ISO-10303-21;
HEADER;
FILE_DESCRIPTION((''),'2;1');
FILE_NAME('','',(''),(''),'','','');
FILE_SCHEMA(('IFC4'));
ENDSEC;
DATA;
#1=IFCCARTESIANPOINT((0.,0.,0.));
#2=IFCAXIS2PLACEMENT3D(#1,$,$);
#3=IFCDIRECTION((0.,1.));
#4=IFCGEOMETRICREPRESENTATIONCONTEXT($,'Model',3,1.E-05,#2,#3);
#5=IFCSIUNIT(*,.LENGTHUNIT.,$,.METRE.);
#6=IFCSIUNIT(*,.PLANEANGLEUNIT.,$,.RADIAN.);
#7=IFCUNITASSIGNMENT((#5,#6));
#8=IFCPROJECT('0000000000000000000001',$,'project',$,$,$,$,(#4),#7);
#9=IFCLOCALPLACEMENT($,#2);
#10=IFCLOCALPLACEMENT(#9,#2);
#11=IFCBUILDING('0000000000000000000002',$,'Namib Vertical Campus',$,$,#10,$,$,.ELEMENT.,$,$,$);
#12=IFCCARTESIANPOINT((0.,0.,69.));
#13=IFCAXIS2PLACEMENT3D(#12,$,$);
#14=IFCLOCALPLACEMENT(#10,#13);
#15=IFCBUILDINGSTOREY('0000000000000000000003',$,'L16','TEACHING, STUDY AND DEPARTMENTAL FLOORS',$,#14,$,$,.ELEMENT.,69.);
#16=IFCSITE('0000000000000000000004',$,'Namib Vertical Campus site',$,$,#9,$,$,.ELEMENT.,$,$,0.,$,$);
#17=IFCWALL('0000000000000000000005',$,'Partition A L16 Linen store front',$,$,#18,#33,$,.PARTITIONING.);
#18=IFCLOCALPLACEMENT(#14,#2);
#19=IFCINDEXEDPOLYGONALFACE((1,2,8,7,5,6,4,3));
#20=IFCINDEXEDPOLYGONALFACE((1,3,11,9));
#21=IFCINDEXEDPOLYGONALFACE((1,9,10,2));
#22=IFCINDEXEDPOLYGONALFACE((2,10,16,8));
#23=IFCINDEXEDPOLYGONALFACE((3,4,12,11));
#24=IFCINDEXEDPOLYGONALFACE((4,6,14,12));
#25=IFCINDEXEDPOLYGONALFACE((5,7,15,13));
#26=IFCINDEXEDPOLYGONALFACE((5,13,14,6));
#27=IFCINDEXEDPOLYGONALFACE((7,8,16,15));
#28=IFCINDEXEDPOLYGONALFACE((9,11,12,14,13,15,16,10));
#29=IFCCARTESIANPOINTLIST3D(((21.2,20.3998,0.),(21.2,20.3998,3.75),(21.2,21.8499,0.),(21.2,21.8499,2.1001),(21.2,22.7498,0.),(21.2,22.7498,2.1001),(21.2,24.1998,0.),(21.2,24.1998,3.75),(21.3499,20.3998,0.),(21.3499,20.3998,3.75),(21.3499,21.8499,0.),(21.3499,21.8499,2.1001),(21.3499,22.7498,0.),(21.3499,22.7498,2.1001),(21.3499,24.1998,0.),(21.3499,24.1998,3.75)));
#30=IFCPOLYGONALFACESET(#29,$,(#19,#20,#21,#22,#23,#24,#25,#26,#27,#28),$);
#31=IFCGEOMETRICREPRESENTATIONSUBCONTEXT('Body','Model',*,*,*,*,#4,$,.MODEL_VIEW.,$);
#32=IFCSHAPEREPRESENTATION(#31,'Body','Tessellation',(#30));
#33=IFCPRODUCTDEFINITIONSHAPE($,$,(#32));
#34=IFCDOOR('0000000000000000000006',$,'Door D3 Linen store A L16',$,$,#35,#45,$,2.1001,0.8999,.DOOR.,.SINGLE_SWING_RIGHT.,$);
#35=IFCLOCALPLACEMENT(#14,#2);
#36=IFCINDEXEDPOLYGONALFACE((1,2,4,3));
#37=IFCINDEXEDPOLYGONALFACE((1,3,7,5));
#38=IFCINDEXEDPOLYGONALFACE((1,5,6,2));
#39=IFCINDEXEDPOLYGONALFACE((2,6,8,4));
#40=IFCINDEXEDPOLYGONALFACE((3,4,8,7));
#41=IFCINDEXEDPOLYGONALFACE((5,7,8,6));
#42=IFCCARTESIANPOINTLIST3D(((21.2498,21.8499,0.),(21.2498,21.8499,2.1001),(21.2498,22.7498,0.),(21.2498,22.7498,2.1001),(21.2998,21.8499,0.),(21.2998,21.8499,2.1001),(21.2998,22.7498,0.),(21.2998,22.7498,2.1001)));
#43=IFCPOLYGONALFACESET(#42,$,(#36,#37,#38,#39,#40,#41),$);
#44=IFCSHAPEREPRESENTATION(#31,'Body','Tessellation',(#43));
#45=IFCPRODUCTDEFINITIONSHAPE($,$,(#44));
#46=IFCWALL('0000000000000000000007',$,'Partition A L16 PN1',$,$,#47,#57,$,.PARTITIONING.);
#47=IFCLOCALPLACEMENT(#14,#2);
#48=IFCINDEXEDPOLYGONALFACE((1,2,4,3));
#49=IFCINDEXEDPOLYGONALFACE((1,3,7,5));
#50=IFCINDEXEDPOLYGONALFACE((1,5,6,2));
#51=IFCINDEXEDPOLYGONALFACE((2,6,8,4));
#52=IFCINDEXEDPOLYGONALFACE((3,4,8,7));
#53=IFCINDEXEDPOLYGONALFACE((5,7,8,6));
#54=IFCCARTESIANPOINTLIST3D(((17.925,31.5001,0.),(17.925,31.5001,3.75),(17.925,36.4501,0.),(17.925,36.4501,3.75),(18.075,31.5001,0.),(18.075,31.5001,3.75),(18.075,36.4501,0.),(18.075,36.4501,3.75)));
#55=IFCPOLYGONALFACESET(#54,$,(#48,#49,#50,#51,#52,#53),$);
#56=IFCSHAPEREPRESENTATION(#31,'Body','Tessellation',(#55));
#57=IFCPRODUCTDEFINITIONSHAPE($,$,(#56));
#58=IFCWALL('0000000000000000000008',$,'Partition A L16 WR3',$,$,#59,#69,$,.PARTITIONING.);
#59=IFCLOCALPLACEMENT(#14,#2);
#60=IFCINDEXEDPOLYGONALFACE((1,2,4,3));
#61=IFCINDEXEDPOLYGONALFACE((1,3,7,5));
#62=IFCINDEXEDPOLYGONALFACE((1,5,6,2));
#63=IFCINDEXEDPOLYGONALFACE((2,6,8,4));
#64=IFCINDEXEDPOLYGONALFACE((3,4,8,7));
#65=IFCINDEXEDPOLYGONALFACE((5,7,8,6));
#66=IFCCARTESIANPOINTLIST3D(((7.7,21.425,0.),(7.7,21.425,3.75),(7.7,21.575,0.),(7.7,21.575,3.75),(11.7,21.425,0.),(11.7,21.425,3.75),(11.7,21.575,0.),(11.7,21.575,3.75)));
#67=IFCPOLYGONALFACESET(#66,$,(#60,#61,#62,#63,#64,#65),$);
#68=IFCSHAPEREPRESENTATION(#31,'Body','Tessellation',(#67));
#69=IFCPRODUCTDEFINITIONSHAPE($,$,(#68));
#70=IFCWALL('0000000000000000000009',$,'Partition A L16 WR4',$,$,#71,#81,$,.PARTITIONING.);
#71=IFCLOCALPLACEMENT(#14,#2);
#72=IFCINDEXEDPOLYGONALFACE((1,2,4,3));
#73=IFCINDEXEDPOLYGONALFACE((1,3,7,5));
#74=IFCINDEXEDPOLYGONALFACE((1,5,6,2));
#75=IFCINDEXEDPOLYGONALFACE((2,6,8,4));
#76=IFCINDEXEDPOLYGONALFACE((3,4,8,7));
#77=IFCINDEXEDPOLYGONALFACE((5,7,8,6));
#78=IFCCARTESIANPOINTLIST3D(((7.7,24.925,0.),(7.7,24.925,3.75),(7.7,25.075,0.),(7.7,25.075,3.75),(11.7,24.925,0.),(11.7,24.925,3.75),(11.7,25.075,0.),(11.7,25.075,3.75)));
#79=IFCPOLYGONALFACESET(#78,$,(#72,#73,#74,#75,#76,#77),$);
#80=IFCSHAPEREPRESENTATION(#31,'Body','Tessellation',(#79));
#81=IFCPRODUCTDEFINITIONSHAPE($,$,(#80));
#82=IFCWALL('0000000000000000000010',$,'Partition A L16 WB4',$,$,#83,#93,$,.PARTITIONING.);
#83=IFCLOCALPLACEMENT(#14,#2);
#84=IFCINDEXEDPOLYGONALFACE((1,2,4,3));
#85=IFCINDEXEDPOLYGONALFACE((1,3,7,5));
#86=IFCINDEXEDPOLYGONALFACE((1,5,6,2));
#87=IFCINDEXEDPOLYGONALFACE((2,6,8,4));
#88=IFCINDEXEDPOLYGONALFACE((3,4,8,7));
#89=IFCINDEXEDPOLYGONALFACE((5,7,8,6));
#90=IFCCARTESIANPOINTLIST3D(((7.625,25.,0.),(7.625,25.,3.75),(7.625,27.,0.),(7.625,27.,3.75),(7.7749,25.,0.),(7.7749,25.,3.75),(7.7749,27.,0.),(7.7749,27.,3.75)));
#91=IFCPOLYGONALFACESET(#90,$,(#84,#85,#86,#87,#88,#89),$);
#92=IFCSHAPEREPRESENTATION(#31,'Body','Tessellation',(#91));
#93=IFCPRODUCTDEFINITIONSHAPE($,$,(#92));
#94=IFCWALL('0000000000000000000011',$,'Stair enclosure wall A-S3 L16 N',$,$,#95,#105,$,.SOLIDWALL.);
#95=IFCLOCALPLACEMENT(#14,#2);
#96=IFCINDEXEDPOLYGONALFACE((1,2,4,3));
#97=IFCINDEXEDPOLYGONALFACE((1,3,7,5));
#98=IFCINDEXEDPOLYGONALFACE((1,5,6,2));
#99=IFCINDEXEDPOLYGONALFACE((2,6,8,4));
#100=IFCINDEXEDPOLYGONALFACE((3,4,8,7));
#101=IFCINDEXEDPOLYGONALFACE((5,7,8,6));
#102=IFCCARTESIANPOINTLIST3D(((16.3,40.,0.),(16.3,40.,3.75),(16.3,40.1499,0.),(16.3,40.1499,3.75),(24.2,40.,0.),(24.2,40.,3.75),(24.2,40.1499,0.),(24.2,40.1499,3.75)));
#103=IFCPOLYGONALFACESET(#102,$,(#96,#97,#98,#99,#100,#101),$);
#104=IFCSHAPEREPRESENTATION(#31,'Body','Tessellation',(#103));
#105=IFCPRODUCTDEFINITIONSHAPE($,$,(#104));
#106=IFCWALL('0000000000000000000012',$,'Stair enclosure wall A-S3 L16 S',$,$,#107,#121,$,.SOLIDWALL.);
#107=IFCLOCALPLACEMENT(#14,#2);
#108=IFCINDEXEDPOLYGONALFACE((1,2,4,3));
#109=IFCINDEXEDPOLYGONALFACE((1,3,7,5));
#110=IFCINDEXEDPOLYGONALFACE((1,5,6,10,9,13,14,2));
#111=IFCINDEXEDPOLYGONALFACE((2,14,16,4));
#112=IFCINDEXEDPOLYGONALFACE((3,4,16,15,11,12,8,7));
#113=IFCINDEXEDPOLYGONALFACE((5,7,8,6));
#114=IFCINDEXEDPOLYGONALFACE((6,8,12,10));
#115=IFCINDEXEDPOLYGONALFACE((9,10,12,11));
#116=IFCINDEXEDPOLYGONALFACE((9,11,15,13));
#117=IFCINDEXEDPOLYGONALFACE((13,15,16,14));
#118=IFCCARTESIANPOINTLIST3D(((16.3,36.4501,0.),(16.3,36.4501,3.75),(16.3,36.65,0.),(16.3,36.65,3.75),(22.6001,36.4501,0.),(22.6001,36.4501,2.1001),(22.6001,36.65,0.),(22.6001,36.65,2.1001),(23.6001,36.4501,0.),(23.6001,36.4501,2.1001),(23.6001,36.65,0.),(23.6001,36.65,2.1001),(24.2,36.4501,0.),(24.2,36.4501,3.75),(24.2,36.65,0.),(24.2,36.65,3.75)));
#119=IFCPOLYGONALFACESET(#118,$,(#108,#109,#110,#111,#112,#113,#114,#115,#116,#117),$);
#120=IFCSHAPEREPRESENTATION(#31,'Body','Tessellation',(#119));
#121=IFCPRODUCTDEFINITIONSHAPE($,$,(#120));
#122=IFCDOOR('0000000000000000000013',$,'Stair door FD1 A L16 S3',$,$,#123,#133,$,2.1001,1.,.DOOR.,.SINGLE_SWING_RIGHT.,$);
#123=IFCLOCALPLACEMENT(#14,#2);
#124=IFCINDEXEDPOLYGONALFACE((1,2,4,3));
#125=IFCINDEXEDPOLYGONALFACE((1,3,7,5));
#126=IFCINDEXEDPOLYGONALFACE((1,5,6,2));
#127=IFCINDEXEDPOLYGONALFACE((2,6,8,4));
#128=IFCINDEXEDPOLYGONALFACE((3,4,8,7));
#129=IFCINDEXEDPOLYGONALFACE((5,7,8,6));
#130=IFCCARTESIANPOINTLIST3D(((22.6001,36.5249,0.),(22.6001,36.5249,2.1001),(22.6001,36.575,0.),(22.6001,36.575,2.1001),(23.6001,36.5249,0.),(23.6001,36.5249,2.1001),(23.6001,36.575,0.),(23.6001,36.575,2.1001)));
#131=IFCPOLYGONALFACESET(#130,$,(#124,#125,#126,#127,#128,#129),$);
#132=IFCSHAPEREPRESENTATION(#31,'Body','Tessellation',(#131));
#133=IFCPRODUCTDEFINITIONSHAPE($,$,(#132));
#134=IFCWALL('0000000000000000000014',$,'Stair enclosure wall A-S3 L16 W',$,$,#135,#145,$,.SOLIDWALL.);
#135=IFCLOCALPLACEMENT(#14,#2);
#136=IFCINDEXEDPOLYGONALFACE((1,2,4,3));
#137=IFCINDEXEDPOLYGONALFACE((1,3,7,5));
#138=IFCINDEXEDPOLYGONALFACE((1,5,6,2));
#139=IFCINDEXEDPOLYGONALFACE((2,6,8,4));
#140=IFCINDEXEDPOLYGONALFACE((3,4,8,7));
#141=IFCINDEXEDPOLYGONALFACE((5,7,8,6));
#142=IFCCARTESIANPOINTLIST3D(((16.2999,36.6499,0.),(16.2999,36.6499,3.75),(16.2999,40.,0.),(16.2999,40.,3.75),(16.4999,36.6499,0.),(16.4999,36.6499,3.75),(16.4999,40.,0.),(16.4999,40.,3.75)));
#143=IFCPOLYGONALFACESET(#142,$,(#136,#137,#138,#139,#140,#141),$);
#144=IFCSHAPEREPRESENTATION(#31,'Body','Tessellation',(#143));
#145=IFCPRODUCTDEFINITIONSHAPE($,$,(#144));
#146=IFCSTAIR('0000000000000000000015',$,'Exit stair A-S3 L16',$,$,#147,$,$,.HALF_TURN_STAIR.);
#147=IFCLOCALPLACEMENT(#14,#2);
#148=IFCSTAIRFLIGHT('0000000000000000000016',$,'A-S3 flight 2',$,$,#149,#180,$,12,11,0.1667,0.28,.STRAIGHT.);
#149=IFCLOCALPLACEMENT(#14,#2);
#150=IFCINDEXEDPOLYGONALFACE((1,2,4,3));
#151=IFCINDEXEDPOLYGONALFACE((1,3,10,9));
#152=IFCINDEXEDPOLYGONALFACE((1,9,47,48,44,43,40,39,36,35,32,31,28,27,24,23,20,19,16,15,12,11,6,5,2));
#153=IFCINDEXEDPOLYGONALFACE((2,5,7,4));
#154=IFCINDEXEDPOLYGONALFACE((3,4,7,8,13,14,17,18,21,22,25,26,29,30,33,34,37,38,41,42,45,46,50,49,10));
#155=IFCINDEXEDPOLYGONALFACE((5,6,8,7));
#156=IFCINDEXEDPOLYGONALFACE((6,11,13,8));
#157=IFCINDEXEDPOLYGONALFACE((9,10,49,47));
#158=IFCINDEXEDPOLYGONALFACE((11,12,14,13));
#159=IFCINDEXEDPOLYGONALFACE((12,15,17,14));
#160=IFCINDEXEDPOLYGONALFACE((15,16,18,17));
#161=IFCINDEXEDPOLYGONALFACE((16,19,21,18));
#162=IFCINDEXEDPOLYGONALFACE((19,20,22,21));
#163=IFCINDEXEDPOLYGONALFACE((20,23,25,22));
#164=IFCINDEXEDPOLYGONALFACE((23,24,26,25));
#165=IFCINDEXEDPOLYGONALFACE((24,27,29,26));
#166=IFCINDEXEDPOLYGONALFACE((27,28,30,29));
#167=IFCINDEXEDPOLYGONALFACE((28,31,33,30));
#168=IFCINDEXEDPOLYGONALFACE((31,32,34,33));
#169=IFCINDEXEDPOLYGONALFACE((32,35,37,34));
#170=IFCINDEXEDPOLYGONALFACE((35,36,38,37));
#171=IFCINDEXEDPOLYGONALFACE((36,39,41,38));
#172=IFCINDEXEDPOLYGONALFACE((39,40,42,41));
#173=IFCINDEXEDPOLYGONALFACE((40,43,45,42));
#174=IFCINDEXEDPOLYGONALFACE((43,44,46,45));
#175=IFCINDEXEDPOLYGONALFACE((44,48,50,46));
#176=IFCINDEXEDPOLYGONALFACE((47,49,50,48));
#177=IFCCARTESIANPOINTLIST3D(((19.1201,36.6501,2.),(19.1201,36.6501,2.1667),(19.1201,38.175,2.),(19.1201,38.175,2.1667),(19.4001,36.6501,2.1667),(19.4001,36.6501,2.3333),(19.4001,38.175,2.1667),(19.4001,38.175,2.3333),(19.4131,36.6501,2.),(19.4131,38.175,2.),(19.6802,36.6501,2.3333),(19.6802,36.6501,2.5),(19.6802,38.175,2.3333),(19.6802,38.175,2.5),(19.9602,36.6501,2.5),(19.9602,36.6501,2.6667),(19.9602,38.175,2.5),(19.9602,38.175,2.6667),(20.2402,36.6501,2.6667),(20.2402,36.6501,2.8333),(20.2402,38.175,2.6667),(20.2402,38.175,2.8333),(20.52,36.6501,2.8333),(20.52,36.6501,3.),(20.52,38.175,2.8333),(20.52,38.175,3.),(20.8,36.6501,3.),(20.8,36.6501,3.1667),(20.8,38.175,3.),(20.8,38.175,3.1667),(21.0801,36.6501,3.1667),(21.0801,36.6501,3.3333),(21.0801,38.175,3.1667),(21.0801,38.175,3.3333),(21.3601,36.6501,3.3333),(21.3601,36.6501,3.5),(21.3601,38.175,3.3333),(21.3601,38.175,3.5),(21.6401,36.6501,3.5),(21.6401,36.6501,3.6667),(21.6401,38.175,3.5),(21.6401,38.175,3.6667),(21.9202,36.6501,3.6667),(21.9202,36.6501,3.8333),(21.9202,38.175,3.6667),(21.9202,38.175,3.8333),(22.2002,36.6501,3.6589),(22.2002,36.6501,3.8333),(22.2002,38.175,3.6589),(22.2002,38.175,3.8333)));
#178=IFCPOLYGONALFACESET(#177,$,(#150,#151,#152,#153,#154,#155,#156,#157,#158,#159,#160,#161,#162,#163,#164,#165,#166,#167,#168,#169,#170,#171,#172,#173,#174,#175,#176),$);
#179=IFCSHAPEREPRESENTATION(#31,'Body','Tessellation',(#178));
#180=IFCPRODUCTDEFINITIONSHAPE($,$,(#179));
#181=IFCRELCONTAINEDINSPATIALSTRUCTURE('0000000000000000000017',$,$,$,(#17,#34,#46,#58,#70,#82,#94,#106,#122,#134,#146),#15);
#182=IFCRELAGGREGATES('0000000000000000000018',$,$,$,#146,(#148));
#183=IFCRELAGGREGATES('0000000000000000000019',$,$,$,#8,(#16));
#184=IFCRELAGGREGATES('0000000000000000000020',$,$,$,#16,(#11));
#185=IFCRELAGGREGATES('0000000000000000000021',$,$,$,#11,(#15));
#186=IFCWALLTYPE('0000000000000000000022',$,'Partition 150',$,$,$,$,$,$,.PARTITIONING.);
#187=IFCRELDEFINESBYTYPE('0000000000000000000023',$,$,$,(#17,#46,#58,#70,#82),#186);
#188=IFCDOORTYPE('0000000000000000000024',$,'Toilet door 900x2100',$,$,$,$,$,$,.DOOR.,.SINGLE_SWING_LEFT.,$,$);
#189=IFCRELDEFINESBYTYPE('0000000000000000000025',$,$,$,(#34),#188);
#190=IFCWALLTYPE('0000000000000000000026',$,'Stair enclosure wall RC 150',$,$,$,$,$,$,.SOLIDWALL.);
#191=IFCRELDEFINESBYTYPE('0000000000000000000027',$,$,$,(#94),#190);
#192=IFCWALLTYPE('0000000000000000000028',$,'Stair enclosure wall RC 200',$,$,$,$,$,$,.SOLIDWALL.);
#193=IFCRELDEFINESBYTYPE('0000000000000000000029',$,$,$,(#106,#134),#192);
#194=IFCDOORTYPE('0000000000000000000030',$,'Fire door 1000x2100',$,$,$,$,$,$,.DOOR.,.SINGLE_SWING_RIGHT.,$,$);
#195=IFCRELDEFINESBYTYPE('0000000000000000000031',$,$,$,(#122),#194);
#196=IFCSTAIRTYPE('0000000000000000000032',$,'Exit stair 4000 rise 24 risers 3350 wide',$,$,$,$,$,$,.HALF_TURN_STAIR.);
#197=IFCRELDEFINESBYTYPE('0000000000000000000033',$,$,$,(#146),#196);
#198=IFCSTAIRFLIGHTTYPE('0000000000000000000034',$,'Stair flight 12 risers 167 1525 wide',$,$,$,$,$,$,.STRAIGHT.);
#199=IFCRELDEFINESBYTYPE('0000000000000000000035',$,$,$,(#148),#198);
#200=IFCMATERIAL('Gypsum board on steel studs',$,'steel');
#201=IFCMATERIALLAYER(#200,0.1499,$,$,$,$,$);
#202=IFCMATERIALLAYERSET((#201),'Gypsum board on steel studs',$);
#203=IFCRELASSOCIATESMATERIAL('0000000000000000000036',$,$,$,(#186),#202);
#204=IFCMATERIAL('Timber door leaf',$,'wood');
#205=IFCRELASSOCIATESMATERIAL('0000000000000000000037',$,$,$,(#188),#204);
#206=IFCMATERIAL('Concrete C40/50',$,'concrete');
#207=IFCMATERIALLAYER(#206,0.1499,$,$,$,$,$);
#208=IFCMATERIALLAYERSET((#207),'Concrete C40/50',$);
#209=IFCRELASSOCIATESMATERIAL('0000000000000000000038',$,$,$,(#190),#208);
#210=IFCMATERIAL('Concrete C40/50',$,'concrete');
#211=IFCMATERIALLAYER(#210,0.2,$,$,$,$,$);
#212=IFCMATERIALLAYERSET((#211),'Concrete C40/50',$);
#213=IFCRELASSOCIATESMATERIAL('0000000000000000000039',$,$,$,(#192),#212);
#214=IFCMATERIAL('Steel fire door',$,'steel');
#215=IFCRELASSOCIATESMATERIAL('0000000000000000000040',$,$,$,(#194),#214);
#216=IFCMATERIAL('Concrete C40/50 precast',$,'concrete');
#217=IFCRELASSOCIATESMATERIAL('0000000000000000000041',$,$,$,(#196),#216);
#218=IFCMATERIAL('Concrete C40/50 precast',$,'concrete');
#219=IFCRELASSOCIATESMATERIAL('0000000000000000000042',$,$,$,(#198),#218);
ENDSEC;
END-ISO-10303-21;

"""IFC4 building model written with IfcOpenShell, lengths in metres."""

from ifc_helpers import new_model, si_unit, direction, frame, frame_2d, origin, place, context, subcontext, project, spatial, polyline, rectangle, outline, extrude, material, layer, layer_set, type_object, element, fill, aggregate, save


model = new_model("IFC4")

# Units and contexts
model_context = context("Model", 3, precision=1e-05, world=origin(), true_north=direction((0.0, 1.0)))
body_context = subcontext(model_context, "Body", "Model", "MODEL_VIEW")
ifc_project = project(units=[si_unit("LENGTHUNIT", "METRE"), si_unit("PLANEANGLEUNIT", "RADIAN")], contexts=[model_context])

# Site, building, storey
site_placement = place(None, origin())
site = spatial("IfcSite", under=ifc_project, at=site_placement, Name="Namib Vertical Campus site", CompositionType="ELEMENT", RefElevation=0.0)
building_placement = place(site_placement, origin())
building = spatial("IfcBuilding", under=site, at=building_placement, Name="Namib Vertical Campus", CompositionType="ELEMENT")
storey_placement = place(building_placement, frame((0.0, 0.0, 69.0)))
storey = spatial("IfcBuildingStorey", under=building, at=storey_placement, Name="L16", Description="TEACHING, STUDY AND DEPARTMENTAL FLOORS", CompositionType="ELEMENT", Elevation=69.0)

# Wall, opening, door
ifc_material_1 = material(Name="Gypsum board on steel studs", Category="steel")
ifc_layer_1 = layer(ifc_material_1, 0.1499)
ifc_layer_set_1 = layer_set([ifc_layer_1], Name="Gypsum board on steel studs")
wall_type_1 = type_object("IfcWallType", Name="Partition 150", PredefinedType="PARTITIONING", material=ifc_layer_set_1)
wall_1_placement = place(storey_placement, frame((21.2749, 20.3999, 0.0), z_axis=(0.0, 0.0, 1.0), x_axis=(0.0, 1.0, 0.0)))
wall_1 = element("IfcWall", 1, at=wall_1_placement, inside=storey, type_object=wall_type_1, Name="Partition A L16 Linen store front", PredefinedType="PARTITIONING", context=body_context, shape_type="SweptSolid", body=[
    extrude(rectangle(XDim=3.8, YDim=0.1499, at=frame_2d((1.8999, 0.0))), origin(), (0.0, 0.0, 1.0), 3.75),
])
opening_1_placement = place(wall_1_placement, frame((1.45, 0.0, 0.0)))
opening_1 = element("IfcOpeningElement", 2, at=opening_1_placement, cuts=wall_1, PredefinedType="OPENING", context=body_context, shape_type="SweptSolid", body=[
    extrude(rectangle(XDim=0.8999, YDim=2.1001, at=frame_2d((0.45, 1.05))), frame((0.0, 0.085, 0.0), z_axis=(0.0, -1.0, 0.0), x_axis=(1.0, 0.0, 0.0)), (0.0, 0.0, 1.0), 0.1699),
])
ifc_material_2 = material(Name="Timber door leaf", Category="wood")
door_type_1 = type_object("IfcDoorType", Name="Toilet door 900x2100", OperationType="SINGLE_SWING_LEFT", PredefinedType="DOOR", material=ifc_material_2)
door_1_placement = place(opening_1_placement, frame((0.8999, 0.0, 0.0), z_axis=(0.0, 0.0, 1.0), x_axis=(-1.0, 0.0, 0.0)))
door_1 = element("IfcDoor", 3, at=door_1_placement, inside=storey, type_object=door_type_1, Name="Door D3 Linen store A L16", OperationType="SINGLE_SWING_RIGHT", OverallHeight=2.1001, OverallWidth=0.8999, PredefinedType="DOOR", context=body_context, shape_type="SweptSolid", body=[
    extrude(rectangle(XDim=0.8999, YDim=2.1001, at=frame_2d((0.45, 1.05))), frame((0.0, 0.0249, 0.0), z_axis=(0.0, -1.0, 0.0), x_axis=(1.0, 0.0, 0.0)), (0.0, 0.0, 1.0), 0.05),
])
fill(opening_1, door_1)

# Walls
wall_2_placement = place(storey_placement, frame((18.0, 31.5, 0.0), z_axis=(0.0, 0.0, 1.0), x_axis=(0.0, 1.0, 0.0)))
element("IfcWall", 4, at=wall_2_placement, inside=storey, type_object=wall_type_1, Name="Partition A L16 PN1", PredefinedType="PARTITIONING", context=body_context, shape_type="SweptSolid", body=[
    extrude(rectangle(XDim=4.95, YDim=0.1499, at=frame_2d((2.4751, 0.0))), origin(), (0.0, 0.0, 1.0), 3.75),
])
for number, where, z_axis, x_axis, name in (
    (5, (11.7, 21.5, 0.0), (0.0, 0.0, 1.0), (-1.0, 0.0, 0.0), "Partition A L16 WR3"),
    (6, (11.7, 25.0, 0.0), (0.0, 0.0, 1.0), (-1.0, 0.0, 0.0), "Partition A L16 WR4"),
):
    element("IfcWall", number, at=place(storey_placement, frame(where, z_axis=z_axis, x_axis=x_axis)), inside=storey, type_object=wall_type_1, Name=name, PredefinedType="PARTITIONING", context=body_context, shape_type="SweptSolid", body=[
        extrude(rectangle(XDim=4.0, YDim=0.1499, at=frame_2d((2.0, 0.0))), origin(), (0.0, 0.0, 1.0), 3.75),
    ])
wall_3_placement = place(storey_placement, frame((7.7, 25.0, 0.0), z_axis=(0.0, 0.0, 1.0), x_axis=(0.0, 1.0, 0.0)))
element("IfcWall", 7, at=wall_3_placement, inside=storey, type_object=wall_type_1, Name="Partition A L16 WB4", PredefinedType="PARTITIONING", context=body_context, shape_type="SweptSolid", body=[
    extrude(rectangle(XDim=2.0, YDim=0.1499, at=frame_2d((1.0, 0.0))), origin(), (0.0, 0.0, 1.0), 3.75),
])
ifc_material_3 = material(Name="Concrete C40/50", Category="concrete")
ifc_layer_2 = layer(ifc_material_3, 0.1499)
ifc_layer_set_2 = layer_set([ifc_layer_2], Name="Concrete C40/50")
wall_type_2 = type_object("IfcWallType", Name="Stair enclosure wall RC 150", PredefinedType="SOLIDWALL", material=ifc_layer_set_2)
wall_4_placement = place(storey_placement, frame((16.3, 40.075, 0.0), z_axis=(0.0, 0.0, 1.0), x_axis=(1.0, 0.0, 0.0)))
element("IfcWall", 8, at=wall_4_placement, inside=storey, type_object=wall_type_2, Name="Stair enclosure wall A-S3 L16 N", PredefinedType="SOLIDWALL", context=body_context, shape_type="SweptSolid", body=[
    extrude(rectangle(XDim=7.8999, YDim=0.1499, at=frame_2d((3.95, 0.0))), origin(), (0.0, 0.0, 1.0), 3.75),
])

# Wall, opening, door
ifc_material_4 = material(Name="Concrete C40/50", Category="concrete")
ifc_layer_3 = layer(ifc_material_4, 0.2)
ifc_layer_set_3 = layer_set([ifc_layer_3], Name="Concrete C40/50")
wall_type_3 = type_object("IfcWallType", Name="Stair enclosure wall RC 200", PredefinedType="SOLIDWALL", material=ifc_layer_set_3)
wall_5_placement = place(storey_placement, frame((16.3, 36.55, 0.0), z_axis=(0.0, 0.0, 1.0), x_axis=(1.0, 0.0, 0.0)))
wall_5 = element("IfcWall", 9, at=wall_5_placement, inside=storey, type_object=wall_type_3, Name="Stair enclosure wall A-S3 L16 S", PredefinedType="SOLIDWALL", context=body_context, shape_type="SweptSolid", body=[
    extrude(rectangle(XDim=7.8999, YDim=0.2, at=frame_2d((3.95, 0.0))), origin(), (0.0, 0.0, 1.0), 3.75),
])
opening_2_placement = place(wall_5_placement, frame((6.3, 0.0, 0.0)))
opening_2 = element("IfcOpeningElement", 10, at=opening_2_placement, cuts=wall_5, PredefinedType="OPENING", context=body_context, shape_type="SweptSolid", body=[
    extrude(rectangle(XDim=1.0, YDim=2.1001, at=frame_2d((0.5, 1.05))), frame((0.0, 0.1099, 0.0), z_axis=(0.0, -1.0, 0.0), x_axis=(1.0, 0.0, 0.0)), (0.0, 0.0, 1.0), 0.22),
])
ifc_material_5 = material(Name="Steel fire door", Category="steel")
door_type_2 = type_object("IfcDoorType", Name="Fire door 1000x2100", OperationType="SINGLE_SWING_RIGHT", PredefinedType="DOOR", material=ifc_material_5)
door_2_placement = place(opening_2_placement, origin())
door_2 = element("IfcDoor", 11, at=door_2_placement, inside=storey, type_object=door_type_2, Name="Stair door FD1 A L16 S3", OperationType="SINGLE_SWING_RIGHT", OverallHeight=2.1001, OverallWidth=1.0, PredefinedType="DOOR", context=body_context, shape_type="SweptSolid", body=[
    extrude(rectangle(XDim=1.0, YDim=2.1001, at=frame_2d((0.5, 1.05))), frame((0.0, 0.0249, 0.0), z_axis=(0.0, -1.0, 0.0), x_axis=(1.0, 0.0, 0.0)), (0.0, 0.0, 1.0), 0.05),
])
fill(opening_2, door_2)

# Wall
wall_6_placement = place(storey_placement, frame((16.3999, 36.6499, 0.0), z_axis=(0.0, 0.0, 1.0), x_axis=(0.0, 1.0, 0.0)))
element("IfcWall", 12, at=wall_6_placement, inside=storey, type_object=wall_type_3, Name="Stair enclosure wall A-S3 L16 W", PredefinedType="SOLIDWALL", context=body_context, shape_type="SweptSolid", body=[
    extrude(rectangle(XDim=3.3501, YDim=0.2, at=frame_2d((1.675, 0.0))), origin(), (0.0, 0.0, 1.0), 3.75),
])

# Stair, stair flight
ifc_material_6 = material(Name="Concrete C40/50 precast", Category="concrete")
stair_type = type_object("IfcStairType", Name="Exit stair 4000 rise 24 risers 3350 wide", PredefinedType="HALF_TURN_STAIR", material=ifc_material_6)
stair_placement = place(storey_placement, origin())
stair = element("IfcStair", 13, at=stair_placement, inside=storey, type_object=stair_type, Name="Exit stair A-S3 L16", PredefinedType="HALF_TURN_STAIR")
ifc_material_7 = material(Name="Concrete C40/50 precast", Category="concrete")
stair_flight_type = type_object("IfcStairFlightType", Name="Stair flight 12 risers 167 1525 wide", PredefinedType="STRAIGHT", material=ifc_material_7)
stair_flight_placement = place(storey_placement, frame((19.1201, 37.4126, 2.0), z_axis=(0.0, 0.0, 1.0), x_axis=(1.0, 0.0, 0.0)))
stair_flight = element("IfcStairFlight", 14, at=stair_flight_placement, type_object=stair_flight_type, Name="A-S3 flight 2", NumberOfRisers=12, NumberOfTreads=11, PredefinedType="STRAIGHT", RiserHeight=0.1667, TreadLength=0.28, context=body_context, shape_type="SweptSolid", body=[
    extrude(outline(polyline([(0.0, 0.0), (0.0, 0.1667), (0.28, 0.1667), (0.28, 0.3333), (0.5601, 0.3333), (0.5601, 0.5), (0.8401, 0.5), (0.8401, 0.6667), (1.1201, 0.6667), (1.1201, 0.8333), (1.3999, 0.8333), (1.3999, 1.0), (1.6799, 1.0), (1.6799, 1.1667), (1.96, 1.1667), (1.96, 1.3333), (2.24, 1.3333), (2.24, 1.5), (2.52, 1.5), (2.52, 1.6667), (2.8, 1.6667), (2.8, 1.8333), (3.0801, 1.8333), (3.0801, 2.0), (3.0801, 1.6589), (0.293, 0.0), (0.0, 0.0)])), frame((0.0, 0.7625, 0.0), z_axis=(0.0, -1.0, 0.0), x_axis=(1.0, 0.0, 0.0)), (0.0, 0.0, 1.0), 1.5249),
])
aggregate(stair, [stair_flight])

save(model, "model.ifc")
